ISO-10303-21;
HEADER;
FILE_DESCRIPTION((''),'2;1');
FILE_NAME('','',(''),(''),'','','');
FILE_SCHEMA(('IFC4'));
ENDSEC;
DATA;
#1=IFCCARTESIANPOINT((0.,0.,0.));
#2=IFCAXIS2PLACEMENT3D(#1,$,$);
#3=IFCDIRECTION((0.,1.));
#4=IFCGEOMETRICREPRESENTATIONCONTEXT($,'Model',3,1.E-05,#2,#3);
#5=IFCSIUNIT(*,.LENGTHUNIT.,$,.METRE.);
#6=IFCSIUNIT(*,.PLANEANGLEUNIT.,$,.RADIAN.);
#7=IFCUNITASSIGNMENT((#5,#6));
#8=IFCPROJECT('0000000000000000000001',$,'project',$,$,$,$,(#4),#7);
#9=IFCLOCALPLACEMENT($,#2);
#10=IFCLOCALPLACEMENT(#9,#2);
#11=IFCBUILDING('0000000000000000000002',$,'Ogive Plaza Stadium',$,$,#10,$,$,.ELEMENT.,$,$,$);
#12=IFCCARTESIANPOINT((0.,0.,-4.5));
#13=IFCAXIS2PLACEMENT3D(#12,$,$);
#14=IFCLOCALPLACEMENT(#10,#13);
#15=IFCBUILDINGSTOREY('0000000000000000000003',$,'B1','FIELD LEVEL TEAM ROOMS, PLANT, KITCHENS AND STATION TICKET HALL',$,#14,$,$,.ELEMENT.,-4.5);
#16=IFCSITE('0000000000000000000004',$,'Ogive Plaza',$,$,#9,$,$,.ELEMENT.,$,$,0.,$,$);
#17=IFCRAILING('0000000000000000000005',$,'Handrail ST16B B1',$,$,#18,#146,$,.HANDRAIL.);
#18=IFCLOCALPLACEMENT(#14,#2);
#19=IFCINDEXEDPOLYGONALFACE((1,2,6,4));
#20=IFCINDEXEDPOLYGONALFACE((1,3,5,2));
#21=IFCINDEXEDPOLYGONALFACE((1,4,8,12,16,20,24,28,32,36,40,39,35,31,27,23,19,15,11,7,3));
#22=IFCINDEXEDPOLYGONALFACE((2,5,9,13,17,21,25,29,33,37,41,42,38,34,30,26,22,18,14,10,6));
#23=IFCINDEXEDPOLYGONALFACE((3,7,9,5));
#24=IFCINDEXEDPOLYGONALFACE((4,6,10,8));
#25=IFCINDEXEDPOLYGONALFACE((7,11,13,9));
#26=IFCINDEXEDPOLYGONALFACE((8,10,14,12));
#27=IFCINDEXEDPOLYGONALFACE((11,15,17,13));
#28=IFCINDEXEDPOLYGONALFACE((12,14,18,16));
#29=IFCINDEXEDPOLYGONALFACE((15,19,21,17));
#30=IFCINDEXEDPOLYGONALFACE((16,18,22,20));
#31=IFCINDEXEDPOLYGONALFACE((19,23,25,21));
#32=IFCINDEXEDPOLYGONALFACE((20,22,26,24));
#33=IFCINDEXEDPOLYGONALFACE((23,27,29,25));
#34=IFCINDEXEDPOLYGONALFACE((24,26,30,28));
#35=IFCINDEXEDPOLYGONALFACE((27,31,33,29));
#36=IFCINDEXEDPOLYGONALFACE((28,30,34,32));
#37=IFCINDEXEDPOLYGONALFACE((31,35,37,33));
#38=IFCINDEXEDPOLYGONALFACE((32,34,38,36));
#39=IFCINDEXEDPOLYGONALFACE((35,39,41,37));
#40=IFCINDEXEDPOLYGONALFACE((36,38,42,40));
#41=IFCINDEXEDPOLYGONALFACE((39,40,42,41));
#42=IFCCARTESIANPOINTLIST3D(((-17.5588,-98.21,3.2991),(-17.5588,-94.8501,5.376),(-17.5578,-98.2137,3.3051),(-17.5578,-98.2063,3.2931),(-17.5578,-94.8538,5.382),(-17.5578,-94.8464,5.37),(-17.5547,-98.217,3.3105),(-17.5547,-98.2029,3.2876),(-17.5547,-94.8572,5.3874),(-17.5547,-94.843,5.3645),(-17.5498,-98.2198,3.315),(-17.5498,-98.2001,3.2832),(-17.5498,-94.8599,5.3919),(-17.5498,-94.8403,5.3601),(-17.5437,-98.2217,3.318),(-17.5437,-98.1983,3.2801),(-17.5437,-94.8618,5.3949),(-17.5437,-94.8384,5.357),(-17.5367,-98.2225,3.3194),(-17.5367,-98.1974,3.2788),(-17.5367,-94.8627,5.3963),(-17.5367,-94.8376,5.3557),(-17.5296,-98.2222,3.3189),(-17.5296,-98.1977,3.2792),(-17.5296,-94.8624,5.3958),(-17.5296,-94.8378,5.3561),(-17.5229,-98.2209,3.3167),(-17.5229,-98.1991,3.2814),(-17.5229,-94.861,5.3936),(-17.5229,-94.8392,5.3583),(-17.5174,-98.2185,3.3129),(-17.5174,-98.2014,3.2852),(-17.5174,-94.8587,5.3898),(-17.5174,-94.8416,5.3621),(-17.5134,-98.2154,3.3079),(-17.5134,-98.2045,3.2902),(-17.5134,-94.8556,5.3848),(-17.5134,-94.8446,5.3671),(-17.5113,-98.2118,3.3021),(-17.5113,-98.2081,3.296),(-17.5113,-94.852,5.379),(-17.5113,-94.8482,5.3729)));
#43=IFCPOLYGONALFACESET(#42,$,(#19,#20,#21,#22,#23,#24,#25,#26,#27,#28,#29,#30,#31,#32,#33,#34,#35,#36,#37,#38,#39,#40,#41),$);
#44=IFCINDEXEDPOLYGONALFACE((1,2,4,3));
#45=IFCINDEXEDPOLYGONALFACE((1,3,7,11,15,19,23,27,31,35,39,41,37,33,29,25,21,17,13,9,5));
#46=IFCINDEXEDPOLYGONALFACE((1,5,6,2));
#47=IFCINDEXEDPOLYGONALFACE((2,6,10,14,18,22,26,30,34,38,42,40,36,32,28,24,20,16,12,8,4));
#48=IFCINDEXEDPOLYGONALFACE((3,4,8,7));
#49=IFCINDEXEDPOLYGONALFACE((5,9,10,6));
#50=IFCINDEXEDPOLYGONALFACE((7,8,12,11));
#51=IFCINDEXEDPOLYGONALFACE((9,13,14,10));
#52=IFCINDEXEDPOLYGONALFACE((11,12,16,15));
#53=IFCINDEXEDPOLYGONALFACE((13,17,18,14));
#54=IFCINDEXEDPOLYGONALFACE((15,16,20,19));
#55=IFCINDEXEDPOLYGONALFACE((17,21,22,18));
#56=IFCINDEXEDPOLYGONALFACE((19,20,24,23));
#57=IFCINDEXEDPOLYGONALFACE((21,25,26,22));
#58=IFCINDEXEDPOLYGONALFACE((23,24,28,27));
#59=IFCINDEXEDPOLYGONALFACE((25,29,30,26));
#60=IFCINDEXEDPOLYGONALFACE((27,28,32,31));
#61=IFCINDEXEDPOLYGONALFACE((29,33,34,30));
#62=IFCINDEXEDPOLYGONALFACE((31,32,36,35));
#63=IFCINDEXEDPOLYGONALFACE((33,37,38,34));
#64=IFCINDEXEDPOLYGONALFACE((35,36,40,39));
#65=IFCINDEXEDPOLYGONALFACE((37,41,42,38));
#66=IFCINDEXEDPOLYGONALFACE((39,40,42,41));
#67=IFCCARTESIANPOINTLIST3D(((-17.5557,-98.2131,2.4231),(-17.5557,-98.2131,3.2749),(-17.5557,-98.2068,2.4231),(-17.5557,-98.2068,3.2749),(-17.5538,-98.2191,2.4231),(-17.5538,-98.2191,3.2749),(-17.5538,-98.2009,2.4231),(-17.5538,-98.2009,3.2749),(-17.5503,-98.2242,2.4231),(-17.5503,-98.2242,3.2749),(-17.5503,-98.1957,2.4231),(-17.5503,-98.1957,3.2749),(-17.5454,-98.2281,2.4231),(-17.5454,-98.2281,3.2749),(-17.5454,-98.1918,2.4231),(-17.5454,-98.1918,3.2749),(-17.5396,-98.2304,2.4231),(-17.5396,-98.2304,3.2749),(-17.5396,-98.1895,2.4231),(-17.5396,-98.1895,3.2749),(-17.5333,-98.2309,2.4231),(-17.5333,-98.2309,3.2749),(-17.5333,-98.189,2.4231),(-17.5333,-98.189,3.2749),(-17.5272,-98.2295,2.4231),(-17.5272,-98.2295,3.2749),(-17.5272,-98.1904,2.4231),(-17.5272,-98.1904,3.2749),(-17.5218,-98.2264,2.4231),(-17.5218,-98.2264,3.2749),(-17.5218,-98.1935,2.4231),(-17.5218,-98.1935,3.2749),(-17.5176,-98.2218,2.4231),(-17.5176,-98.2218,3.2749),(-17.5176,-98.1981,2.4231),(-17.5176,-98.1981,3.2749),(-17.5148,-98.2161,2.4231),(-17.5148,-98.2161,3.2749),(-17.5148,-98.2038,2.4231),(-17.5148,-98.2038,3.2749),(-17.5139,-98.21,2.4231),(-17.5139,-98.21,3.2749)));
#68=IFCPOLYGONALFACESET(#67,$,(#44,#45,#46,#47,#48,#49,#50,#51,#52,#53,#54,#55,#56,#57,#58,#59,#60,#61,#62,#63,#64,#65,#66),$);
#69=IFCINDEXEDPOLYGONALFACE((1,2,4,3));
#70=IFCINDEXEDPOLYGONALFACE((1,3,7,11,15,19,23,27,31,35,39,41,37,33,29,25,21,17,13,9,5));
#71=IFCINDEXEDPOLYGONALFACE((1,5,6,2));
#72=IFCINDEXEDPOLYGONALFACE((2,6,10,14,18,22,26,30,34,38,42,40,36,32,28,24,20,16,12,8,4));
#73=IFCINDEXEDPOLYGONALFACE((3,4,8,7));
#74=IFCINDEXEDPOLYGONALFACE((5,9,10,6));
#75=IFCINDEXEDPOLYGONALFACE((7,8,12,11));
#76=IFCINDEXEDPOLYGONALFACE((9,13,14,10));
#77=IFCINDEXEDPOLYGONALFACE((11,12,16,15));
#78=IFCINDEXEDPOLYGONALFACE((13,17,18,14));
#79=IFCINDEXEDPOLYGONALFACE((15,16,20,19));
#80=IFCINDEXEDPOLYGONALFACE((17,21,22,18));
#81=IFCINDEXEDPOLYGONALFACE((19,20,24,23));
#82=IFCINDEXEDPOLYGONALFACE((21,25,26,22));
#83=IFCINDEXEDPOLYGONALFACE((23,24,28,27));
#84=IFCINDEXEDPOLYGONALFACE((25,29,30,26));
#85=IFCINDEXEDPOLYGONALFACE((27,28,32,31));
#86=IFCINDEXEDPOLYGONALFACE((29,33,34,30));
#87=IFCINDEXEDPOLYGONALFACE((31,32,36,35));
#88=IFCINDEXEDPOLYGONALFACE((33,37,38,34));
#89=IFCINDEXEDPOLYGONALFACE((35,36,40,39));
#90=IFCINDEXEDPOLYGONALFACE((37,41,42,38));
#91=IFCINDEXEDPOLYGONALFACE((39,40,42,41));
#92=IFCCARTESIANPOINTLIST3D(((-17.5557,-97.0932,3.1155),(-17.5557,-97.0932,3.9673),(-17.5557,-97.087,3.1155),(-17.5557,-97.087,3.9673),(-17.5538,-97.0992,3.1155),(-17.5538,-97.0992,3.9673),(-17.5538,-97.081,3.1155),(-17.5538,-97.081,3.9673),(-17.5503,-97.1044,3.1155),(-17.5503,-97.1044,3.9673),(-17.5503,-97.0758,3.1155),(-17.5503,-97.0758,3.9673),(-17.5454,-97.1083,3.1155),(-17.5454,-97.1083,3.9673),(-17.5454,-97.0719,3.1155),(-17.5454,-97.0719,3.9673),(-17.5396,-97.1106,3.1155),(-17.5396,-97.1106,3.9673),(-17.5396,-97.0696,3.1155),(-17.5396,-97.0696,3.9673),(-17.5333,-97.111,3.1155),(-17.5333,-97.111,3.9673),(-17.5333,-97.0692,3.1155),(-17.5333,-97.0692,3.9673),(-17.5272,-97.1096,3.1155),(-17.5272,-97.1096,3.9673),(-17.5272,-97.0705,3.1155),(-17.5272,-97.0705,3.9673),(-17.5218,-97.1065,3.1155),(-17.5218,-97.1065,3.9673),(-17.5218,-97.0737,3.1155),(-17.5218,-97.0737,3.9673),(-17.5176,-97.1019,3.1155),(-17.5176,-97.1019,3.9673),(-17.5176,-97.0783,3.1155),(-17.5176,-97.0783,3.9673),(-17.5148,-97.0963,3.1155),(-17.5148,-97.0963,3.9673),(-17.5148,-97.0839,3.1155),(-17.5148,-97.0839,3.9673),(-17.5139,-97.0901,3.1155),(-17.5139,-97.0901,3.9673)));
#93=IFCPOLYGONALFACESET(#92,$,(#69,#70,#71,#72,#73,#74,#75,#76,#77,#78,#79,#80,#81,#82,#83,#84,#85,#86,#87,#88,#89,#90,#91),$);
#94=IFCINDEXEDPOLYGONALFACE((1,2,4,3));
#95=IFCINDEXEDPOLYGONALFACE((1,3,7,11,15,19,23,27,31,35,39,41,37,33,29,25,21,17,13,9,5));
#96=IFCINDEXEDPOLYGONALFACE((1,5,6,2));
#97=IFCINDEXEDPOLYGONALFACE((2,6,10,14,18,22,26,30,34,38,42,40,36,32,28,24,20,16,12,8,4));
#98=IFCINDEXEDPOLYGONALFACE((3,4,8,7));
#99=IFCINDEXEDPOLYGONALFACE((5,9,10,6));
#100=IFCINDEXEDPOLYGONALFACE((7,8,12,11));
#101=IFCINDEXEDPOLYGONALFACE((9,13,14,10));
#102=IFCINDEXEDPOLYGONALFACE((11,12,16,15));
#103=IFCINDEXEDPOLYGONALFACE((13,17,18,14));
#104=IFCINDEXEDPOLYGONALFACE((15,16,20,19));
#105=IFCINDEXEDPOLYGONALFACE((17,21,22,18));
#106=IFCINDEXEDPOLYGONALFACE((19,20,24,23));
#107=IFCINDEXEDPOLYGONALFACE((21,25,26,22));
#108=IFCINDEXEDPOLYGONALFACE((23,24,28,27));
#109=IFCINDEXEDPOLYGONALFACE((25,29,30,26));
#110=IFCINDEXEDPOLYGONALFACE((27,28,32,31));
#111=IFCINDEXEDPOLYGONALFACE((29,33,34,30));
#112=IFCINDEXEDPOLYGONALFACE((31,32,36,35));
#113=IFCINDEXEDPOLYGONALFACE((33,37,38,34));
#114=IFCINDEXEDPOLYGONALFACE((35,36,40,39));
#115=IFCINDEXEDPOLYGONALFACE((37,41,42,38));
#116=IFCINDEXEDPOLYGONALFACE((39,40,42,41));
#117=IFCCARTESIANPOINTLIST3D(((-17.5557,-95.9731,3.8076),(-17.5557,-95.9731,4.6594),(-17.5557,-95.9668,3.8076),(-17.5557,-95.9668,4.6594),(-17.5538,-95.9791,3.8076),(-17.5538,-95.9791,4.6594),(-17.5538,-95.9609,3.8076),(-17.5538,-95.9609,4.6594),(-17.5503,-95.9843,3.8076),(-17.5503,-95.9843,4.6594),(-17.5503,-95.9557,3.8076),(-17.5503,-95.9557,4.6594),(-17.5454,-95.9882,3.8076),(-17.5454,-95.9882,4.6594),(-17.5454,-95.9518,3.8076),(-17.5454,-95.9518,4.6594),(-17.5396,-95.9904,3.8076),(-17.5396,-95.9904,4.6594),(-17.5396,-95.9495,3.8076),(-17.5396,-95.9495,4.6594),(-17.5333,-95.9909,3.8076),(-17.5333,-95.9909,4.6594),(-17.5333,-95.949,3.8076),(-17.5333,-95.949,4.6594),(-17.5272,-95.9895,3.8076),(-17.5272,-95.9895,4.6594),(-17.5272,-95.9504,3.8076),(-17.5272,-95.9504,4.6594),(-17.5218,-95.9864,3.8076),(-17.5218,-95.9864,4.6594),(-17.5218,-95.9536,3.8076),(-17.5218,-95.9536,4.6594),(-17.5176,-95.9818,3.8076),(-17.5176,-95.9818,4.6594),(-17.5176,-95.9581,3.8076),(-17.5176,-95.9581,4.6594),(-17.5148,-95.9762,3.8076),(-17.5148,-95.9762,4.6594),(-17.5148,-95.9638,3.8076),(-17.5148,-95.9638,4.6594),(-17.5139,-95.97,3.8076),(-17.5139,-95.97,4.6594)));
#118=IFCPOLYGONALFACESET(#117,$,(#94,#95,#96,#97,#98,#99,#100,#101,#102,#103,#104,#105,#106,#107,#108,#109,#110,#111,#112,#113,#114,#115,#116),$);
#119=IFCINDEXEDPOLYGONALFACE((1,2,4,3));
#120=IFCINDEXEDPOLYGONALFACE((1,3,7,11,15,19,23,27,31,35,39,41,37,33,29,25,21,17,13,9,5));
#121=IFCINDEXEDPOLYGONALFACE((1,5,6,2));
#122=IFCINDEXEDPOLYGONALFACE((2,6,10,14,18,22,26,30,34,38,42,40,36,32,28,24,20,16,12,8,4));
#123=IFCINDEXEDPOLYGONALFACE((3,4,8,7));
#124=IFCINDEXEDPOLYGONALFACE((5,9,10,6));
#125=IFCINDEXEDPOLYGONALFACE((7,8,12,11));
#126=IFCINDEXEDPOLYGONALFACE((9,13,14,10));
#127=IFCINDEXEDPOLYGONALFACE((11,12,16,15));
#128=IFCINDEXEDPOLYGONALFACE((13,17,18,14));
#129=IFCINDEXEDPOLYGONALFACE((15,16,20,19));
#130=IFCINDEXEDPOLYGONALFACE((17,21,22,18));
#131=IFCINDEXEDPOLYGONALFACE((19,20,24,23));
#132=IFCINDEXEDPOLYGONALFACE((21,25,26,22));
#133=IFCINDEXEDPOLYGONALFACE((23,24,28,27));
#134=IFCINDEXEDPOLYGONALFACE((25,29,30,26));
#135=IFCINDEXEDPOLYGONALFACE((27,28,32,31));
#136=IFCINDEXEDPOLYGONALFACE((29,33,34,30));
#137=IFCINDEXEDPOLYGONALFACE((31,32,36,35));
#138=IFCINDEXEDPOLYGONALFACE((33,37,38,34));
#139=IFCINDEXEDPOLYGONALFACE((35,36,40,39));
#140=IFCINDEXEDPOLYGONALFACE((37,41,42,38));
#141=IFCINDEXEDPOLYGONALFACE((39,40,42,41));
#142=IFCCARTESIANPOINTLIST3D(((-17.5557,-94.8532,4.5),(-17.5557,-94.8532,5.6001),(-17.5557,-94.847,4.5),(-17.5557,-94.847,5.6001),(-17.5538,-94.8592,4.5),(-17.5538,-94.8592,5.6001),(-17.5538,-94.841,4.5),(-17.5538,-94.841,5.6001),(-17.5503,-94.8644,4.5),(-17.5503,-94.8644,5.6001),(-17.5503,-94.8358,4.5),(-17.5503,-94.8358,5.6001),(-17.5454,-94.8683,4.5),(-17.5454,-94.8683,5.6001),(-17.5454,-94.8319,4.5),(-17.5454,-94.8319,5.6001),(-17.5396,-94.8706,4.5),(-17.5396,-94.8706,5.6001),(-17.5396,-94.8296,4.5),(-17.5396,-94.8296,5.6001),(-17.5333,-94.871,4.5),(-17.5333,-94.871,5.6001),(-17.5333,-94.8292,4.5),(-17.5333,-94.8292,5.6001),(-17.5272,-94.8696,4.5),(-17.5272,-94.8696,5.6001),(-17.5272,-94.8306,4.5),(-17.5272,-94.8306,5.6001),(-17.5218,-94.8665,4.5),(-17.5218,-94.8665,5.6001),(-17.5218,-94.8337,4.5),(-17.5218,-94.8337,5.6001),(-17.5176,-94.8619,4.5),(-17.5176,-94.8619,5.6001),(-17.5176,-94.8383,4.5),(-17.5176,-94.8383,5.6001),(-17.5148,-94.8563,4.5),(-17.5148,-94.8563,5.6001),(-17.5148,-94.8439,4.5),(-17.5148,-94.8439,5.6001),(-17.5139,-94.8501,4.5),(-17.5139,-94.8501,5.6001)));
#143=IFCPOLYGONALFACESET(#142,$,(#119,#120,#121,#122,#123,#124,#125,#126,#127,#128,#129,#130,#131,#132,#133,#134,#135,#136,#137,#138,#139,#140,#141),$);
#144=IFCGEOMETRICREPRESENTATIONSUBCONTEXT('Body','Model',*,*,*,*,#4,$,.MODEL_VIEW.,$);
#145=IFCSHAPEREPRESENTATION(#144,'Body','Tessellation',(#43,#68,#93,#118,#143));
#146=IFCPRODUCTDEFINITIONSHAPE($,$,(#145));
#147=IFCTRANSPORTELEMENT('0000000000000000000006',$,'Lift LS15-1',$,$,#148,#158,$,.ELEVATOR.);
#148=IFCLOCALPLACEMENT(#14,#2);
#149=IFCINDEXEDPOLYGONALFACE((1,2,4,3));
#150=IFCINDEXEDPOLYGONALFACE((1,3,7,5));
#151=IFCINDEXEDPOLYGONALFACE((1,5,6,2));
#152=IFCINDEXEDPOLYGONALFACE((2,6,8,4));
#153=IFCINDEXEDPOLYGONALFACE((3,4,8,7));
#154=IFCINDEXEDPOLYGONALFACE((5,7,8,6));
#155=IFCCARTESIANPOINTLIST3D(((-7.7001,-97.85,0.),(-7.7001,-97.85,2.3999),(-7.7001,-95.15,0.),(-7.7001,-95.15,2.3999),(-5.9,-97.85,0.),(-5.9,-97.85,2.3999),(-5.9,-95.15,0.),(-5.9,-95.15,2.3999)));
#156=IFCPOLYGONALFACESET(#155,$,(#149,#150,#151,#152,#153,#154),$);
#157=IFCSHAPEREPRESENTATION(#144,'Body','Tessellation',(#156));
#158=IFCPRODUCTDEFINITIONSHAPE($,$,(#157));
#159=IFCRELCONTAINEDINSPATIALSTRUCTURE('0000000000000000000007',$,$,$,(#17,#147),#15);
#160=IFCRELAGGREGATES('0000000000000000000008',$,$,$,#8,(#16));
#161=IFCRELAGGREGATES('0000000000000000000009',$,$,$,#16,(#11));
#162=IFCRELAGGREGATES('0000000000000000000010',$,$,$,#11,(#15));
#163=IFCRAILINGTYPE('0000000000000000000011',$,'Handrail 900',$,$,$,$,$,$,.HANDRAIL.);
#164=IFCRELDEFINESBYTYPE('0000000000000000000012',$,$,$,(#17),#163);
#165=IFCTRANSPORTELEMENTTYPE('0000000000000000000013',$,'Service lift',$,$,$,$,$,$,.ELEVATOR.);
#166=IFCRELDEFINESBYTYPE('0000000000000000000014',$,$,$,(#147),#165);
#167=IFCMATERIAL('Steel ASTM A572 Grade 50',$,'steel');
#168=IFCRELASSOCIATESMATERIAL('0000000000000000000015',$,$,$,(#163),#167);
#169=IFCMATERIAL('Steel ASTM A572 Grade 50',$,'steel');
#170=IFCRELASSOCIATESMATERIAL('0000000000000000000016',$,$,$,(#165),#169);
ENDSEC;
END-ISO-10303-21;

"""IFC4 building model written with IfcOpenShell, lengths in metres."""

from ifc_helpers import new_model, si_unit, direction, frame, origin, origin_2d, place, context, subcontext, project, spatial, rectangle, circle, extrude, material, type_object, element, save


model = new_model("IFC4")

# Units and contexts
model_context = context("Model", 3, precision=1e-05, world=origin(), true_north=direction((0.0, 1.0)))
body_context = subcontext(model_context, "Body", "Model", "MODEL_VIEW")
ifc_project = project(units=[si_unit("LENGTHUNIT", "METRE"), si_unit("PLANEANGLEUNIT", "RADIAN")], contexts=[model_context])

# Site, building, storey
site_placement = place(None, origin())
site = spatial("IfcSite", under=ifc_project, at=site_placement, Name="Ogive Plaza", CompositionType="ELEMENT", RefElevation=0.0)
building_placement = place(site_placement, origin())
building = spatial("IfcBuilding", under=site, at=building_placement, Name="Ogive Plaza Stadium", CompositionType="ELEMENT")
storey_placement = place(building_placement, frame((0.0, 0.0, -4.5)))
storey = spatial("IfcBuildingStorey", under=building, at=storey_placement, Name="B1", Description="FIELD LEVEL TEAM ROOMS, PLANT, KITCHENS AND STATION TICKET HALL", CompositionType="ELEMENT", Elevation=-4.5)

# Railing
ifc_material_1 = material(Name="Steel ASTM A572 Grade 50", Category="steel")
railing_type_1 = type_object("IfcRailingType", Name="Handrail 900", PredefinedType="HANDRAIL", material=ifc_material_1)
for number, where, name in (
    (1, (-17.5349, -98.21, 2.4231), "Handrail ST16B B1"),
):
    element("IfcRailing", number, at=place(storey_placement, frame(where)), inside=storey, type_object=railing_type_1, Name=name, PredefinedType="HANDRAIL", context=body_context, shape_type="SweptSolid", body=[
        extrude(circle(Radius=0.0239, at=origin_2d()), frame((0.0, 0.0, 0.876), z_axis=(0.0, 0.850606, 0.525803), x_axis=(-1.0, 0.0, 0.0)), (0.0, 0.0, 1.0), 3.95),
        extrude(circle(Radius=0.021, at=origin_2d()), origin(), (0.0, 0.0, 1.0), 0.8518),
        extrude(circle(Radius=0.021, at=origin_2d()), frame((0.0, 1.1199, 0.6924)), (0.0, 0.0, 1.0), 0.8518),
        extrude(circle(Radius=0.021, at=origin_2d()), frame((0.0, 2.24, 1.3845)), (0.0, 0.0, 1.0), 0.8518),
        extrude(circle(Radius=0.021, at=origin_2d()), frame((0.0, 3.3599, 2.0769)), (0.0, 0.0, 1.0), 1.1001),
    ])

# Transport element
ifc_material_2 = material(Name="Steel ASTM A572 Grade 50", Category="steel")
transport_element_type = type_object("IfcTransportElementType", Name="Service lift", PredefinedType="ELEVATOR", material=ifc_material_2)
transport_element_placement = place(storey_placement, frame((-6.8, -96.5, 0.0), z_axis=(0.0, 0.0, 1.0), x_axis=(0.0, -1.0, 0.0)))
element("IfcTransportElement", 2, at=transport_element_placement, inside=storey, type_object=transport_element_type, Name="Lift LS15-1", PredefinedType="ELEVATOR", context=body_context, shape_type="SweptSolid", body=[
    extrude(rectangle(XDim=2.7, YDim=1.8, at=origin_2d()), origin(), (0.0, 0.0, 1.0), 2.3999),
])

save(model, "model.ifc")
